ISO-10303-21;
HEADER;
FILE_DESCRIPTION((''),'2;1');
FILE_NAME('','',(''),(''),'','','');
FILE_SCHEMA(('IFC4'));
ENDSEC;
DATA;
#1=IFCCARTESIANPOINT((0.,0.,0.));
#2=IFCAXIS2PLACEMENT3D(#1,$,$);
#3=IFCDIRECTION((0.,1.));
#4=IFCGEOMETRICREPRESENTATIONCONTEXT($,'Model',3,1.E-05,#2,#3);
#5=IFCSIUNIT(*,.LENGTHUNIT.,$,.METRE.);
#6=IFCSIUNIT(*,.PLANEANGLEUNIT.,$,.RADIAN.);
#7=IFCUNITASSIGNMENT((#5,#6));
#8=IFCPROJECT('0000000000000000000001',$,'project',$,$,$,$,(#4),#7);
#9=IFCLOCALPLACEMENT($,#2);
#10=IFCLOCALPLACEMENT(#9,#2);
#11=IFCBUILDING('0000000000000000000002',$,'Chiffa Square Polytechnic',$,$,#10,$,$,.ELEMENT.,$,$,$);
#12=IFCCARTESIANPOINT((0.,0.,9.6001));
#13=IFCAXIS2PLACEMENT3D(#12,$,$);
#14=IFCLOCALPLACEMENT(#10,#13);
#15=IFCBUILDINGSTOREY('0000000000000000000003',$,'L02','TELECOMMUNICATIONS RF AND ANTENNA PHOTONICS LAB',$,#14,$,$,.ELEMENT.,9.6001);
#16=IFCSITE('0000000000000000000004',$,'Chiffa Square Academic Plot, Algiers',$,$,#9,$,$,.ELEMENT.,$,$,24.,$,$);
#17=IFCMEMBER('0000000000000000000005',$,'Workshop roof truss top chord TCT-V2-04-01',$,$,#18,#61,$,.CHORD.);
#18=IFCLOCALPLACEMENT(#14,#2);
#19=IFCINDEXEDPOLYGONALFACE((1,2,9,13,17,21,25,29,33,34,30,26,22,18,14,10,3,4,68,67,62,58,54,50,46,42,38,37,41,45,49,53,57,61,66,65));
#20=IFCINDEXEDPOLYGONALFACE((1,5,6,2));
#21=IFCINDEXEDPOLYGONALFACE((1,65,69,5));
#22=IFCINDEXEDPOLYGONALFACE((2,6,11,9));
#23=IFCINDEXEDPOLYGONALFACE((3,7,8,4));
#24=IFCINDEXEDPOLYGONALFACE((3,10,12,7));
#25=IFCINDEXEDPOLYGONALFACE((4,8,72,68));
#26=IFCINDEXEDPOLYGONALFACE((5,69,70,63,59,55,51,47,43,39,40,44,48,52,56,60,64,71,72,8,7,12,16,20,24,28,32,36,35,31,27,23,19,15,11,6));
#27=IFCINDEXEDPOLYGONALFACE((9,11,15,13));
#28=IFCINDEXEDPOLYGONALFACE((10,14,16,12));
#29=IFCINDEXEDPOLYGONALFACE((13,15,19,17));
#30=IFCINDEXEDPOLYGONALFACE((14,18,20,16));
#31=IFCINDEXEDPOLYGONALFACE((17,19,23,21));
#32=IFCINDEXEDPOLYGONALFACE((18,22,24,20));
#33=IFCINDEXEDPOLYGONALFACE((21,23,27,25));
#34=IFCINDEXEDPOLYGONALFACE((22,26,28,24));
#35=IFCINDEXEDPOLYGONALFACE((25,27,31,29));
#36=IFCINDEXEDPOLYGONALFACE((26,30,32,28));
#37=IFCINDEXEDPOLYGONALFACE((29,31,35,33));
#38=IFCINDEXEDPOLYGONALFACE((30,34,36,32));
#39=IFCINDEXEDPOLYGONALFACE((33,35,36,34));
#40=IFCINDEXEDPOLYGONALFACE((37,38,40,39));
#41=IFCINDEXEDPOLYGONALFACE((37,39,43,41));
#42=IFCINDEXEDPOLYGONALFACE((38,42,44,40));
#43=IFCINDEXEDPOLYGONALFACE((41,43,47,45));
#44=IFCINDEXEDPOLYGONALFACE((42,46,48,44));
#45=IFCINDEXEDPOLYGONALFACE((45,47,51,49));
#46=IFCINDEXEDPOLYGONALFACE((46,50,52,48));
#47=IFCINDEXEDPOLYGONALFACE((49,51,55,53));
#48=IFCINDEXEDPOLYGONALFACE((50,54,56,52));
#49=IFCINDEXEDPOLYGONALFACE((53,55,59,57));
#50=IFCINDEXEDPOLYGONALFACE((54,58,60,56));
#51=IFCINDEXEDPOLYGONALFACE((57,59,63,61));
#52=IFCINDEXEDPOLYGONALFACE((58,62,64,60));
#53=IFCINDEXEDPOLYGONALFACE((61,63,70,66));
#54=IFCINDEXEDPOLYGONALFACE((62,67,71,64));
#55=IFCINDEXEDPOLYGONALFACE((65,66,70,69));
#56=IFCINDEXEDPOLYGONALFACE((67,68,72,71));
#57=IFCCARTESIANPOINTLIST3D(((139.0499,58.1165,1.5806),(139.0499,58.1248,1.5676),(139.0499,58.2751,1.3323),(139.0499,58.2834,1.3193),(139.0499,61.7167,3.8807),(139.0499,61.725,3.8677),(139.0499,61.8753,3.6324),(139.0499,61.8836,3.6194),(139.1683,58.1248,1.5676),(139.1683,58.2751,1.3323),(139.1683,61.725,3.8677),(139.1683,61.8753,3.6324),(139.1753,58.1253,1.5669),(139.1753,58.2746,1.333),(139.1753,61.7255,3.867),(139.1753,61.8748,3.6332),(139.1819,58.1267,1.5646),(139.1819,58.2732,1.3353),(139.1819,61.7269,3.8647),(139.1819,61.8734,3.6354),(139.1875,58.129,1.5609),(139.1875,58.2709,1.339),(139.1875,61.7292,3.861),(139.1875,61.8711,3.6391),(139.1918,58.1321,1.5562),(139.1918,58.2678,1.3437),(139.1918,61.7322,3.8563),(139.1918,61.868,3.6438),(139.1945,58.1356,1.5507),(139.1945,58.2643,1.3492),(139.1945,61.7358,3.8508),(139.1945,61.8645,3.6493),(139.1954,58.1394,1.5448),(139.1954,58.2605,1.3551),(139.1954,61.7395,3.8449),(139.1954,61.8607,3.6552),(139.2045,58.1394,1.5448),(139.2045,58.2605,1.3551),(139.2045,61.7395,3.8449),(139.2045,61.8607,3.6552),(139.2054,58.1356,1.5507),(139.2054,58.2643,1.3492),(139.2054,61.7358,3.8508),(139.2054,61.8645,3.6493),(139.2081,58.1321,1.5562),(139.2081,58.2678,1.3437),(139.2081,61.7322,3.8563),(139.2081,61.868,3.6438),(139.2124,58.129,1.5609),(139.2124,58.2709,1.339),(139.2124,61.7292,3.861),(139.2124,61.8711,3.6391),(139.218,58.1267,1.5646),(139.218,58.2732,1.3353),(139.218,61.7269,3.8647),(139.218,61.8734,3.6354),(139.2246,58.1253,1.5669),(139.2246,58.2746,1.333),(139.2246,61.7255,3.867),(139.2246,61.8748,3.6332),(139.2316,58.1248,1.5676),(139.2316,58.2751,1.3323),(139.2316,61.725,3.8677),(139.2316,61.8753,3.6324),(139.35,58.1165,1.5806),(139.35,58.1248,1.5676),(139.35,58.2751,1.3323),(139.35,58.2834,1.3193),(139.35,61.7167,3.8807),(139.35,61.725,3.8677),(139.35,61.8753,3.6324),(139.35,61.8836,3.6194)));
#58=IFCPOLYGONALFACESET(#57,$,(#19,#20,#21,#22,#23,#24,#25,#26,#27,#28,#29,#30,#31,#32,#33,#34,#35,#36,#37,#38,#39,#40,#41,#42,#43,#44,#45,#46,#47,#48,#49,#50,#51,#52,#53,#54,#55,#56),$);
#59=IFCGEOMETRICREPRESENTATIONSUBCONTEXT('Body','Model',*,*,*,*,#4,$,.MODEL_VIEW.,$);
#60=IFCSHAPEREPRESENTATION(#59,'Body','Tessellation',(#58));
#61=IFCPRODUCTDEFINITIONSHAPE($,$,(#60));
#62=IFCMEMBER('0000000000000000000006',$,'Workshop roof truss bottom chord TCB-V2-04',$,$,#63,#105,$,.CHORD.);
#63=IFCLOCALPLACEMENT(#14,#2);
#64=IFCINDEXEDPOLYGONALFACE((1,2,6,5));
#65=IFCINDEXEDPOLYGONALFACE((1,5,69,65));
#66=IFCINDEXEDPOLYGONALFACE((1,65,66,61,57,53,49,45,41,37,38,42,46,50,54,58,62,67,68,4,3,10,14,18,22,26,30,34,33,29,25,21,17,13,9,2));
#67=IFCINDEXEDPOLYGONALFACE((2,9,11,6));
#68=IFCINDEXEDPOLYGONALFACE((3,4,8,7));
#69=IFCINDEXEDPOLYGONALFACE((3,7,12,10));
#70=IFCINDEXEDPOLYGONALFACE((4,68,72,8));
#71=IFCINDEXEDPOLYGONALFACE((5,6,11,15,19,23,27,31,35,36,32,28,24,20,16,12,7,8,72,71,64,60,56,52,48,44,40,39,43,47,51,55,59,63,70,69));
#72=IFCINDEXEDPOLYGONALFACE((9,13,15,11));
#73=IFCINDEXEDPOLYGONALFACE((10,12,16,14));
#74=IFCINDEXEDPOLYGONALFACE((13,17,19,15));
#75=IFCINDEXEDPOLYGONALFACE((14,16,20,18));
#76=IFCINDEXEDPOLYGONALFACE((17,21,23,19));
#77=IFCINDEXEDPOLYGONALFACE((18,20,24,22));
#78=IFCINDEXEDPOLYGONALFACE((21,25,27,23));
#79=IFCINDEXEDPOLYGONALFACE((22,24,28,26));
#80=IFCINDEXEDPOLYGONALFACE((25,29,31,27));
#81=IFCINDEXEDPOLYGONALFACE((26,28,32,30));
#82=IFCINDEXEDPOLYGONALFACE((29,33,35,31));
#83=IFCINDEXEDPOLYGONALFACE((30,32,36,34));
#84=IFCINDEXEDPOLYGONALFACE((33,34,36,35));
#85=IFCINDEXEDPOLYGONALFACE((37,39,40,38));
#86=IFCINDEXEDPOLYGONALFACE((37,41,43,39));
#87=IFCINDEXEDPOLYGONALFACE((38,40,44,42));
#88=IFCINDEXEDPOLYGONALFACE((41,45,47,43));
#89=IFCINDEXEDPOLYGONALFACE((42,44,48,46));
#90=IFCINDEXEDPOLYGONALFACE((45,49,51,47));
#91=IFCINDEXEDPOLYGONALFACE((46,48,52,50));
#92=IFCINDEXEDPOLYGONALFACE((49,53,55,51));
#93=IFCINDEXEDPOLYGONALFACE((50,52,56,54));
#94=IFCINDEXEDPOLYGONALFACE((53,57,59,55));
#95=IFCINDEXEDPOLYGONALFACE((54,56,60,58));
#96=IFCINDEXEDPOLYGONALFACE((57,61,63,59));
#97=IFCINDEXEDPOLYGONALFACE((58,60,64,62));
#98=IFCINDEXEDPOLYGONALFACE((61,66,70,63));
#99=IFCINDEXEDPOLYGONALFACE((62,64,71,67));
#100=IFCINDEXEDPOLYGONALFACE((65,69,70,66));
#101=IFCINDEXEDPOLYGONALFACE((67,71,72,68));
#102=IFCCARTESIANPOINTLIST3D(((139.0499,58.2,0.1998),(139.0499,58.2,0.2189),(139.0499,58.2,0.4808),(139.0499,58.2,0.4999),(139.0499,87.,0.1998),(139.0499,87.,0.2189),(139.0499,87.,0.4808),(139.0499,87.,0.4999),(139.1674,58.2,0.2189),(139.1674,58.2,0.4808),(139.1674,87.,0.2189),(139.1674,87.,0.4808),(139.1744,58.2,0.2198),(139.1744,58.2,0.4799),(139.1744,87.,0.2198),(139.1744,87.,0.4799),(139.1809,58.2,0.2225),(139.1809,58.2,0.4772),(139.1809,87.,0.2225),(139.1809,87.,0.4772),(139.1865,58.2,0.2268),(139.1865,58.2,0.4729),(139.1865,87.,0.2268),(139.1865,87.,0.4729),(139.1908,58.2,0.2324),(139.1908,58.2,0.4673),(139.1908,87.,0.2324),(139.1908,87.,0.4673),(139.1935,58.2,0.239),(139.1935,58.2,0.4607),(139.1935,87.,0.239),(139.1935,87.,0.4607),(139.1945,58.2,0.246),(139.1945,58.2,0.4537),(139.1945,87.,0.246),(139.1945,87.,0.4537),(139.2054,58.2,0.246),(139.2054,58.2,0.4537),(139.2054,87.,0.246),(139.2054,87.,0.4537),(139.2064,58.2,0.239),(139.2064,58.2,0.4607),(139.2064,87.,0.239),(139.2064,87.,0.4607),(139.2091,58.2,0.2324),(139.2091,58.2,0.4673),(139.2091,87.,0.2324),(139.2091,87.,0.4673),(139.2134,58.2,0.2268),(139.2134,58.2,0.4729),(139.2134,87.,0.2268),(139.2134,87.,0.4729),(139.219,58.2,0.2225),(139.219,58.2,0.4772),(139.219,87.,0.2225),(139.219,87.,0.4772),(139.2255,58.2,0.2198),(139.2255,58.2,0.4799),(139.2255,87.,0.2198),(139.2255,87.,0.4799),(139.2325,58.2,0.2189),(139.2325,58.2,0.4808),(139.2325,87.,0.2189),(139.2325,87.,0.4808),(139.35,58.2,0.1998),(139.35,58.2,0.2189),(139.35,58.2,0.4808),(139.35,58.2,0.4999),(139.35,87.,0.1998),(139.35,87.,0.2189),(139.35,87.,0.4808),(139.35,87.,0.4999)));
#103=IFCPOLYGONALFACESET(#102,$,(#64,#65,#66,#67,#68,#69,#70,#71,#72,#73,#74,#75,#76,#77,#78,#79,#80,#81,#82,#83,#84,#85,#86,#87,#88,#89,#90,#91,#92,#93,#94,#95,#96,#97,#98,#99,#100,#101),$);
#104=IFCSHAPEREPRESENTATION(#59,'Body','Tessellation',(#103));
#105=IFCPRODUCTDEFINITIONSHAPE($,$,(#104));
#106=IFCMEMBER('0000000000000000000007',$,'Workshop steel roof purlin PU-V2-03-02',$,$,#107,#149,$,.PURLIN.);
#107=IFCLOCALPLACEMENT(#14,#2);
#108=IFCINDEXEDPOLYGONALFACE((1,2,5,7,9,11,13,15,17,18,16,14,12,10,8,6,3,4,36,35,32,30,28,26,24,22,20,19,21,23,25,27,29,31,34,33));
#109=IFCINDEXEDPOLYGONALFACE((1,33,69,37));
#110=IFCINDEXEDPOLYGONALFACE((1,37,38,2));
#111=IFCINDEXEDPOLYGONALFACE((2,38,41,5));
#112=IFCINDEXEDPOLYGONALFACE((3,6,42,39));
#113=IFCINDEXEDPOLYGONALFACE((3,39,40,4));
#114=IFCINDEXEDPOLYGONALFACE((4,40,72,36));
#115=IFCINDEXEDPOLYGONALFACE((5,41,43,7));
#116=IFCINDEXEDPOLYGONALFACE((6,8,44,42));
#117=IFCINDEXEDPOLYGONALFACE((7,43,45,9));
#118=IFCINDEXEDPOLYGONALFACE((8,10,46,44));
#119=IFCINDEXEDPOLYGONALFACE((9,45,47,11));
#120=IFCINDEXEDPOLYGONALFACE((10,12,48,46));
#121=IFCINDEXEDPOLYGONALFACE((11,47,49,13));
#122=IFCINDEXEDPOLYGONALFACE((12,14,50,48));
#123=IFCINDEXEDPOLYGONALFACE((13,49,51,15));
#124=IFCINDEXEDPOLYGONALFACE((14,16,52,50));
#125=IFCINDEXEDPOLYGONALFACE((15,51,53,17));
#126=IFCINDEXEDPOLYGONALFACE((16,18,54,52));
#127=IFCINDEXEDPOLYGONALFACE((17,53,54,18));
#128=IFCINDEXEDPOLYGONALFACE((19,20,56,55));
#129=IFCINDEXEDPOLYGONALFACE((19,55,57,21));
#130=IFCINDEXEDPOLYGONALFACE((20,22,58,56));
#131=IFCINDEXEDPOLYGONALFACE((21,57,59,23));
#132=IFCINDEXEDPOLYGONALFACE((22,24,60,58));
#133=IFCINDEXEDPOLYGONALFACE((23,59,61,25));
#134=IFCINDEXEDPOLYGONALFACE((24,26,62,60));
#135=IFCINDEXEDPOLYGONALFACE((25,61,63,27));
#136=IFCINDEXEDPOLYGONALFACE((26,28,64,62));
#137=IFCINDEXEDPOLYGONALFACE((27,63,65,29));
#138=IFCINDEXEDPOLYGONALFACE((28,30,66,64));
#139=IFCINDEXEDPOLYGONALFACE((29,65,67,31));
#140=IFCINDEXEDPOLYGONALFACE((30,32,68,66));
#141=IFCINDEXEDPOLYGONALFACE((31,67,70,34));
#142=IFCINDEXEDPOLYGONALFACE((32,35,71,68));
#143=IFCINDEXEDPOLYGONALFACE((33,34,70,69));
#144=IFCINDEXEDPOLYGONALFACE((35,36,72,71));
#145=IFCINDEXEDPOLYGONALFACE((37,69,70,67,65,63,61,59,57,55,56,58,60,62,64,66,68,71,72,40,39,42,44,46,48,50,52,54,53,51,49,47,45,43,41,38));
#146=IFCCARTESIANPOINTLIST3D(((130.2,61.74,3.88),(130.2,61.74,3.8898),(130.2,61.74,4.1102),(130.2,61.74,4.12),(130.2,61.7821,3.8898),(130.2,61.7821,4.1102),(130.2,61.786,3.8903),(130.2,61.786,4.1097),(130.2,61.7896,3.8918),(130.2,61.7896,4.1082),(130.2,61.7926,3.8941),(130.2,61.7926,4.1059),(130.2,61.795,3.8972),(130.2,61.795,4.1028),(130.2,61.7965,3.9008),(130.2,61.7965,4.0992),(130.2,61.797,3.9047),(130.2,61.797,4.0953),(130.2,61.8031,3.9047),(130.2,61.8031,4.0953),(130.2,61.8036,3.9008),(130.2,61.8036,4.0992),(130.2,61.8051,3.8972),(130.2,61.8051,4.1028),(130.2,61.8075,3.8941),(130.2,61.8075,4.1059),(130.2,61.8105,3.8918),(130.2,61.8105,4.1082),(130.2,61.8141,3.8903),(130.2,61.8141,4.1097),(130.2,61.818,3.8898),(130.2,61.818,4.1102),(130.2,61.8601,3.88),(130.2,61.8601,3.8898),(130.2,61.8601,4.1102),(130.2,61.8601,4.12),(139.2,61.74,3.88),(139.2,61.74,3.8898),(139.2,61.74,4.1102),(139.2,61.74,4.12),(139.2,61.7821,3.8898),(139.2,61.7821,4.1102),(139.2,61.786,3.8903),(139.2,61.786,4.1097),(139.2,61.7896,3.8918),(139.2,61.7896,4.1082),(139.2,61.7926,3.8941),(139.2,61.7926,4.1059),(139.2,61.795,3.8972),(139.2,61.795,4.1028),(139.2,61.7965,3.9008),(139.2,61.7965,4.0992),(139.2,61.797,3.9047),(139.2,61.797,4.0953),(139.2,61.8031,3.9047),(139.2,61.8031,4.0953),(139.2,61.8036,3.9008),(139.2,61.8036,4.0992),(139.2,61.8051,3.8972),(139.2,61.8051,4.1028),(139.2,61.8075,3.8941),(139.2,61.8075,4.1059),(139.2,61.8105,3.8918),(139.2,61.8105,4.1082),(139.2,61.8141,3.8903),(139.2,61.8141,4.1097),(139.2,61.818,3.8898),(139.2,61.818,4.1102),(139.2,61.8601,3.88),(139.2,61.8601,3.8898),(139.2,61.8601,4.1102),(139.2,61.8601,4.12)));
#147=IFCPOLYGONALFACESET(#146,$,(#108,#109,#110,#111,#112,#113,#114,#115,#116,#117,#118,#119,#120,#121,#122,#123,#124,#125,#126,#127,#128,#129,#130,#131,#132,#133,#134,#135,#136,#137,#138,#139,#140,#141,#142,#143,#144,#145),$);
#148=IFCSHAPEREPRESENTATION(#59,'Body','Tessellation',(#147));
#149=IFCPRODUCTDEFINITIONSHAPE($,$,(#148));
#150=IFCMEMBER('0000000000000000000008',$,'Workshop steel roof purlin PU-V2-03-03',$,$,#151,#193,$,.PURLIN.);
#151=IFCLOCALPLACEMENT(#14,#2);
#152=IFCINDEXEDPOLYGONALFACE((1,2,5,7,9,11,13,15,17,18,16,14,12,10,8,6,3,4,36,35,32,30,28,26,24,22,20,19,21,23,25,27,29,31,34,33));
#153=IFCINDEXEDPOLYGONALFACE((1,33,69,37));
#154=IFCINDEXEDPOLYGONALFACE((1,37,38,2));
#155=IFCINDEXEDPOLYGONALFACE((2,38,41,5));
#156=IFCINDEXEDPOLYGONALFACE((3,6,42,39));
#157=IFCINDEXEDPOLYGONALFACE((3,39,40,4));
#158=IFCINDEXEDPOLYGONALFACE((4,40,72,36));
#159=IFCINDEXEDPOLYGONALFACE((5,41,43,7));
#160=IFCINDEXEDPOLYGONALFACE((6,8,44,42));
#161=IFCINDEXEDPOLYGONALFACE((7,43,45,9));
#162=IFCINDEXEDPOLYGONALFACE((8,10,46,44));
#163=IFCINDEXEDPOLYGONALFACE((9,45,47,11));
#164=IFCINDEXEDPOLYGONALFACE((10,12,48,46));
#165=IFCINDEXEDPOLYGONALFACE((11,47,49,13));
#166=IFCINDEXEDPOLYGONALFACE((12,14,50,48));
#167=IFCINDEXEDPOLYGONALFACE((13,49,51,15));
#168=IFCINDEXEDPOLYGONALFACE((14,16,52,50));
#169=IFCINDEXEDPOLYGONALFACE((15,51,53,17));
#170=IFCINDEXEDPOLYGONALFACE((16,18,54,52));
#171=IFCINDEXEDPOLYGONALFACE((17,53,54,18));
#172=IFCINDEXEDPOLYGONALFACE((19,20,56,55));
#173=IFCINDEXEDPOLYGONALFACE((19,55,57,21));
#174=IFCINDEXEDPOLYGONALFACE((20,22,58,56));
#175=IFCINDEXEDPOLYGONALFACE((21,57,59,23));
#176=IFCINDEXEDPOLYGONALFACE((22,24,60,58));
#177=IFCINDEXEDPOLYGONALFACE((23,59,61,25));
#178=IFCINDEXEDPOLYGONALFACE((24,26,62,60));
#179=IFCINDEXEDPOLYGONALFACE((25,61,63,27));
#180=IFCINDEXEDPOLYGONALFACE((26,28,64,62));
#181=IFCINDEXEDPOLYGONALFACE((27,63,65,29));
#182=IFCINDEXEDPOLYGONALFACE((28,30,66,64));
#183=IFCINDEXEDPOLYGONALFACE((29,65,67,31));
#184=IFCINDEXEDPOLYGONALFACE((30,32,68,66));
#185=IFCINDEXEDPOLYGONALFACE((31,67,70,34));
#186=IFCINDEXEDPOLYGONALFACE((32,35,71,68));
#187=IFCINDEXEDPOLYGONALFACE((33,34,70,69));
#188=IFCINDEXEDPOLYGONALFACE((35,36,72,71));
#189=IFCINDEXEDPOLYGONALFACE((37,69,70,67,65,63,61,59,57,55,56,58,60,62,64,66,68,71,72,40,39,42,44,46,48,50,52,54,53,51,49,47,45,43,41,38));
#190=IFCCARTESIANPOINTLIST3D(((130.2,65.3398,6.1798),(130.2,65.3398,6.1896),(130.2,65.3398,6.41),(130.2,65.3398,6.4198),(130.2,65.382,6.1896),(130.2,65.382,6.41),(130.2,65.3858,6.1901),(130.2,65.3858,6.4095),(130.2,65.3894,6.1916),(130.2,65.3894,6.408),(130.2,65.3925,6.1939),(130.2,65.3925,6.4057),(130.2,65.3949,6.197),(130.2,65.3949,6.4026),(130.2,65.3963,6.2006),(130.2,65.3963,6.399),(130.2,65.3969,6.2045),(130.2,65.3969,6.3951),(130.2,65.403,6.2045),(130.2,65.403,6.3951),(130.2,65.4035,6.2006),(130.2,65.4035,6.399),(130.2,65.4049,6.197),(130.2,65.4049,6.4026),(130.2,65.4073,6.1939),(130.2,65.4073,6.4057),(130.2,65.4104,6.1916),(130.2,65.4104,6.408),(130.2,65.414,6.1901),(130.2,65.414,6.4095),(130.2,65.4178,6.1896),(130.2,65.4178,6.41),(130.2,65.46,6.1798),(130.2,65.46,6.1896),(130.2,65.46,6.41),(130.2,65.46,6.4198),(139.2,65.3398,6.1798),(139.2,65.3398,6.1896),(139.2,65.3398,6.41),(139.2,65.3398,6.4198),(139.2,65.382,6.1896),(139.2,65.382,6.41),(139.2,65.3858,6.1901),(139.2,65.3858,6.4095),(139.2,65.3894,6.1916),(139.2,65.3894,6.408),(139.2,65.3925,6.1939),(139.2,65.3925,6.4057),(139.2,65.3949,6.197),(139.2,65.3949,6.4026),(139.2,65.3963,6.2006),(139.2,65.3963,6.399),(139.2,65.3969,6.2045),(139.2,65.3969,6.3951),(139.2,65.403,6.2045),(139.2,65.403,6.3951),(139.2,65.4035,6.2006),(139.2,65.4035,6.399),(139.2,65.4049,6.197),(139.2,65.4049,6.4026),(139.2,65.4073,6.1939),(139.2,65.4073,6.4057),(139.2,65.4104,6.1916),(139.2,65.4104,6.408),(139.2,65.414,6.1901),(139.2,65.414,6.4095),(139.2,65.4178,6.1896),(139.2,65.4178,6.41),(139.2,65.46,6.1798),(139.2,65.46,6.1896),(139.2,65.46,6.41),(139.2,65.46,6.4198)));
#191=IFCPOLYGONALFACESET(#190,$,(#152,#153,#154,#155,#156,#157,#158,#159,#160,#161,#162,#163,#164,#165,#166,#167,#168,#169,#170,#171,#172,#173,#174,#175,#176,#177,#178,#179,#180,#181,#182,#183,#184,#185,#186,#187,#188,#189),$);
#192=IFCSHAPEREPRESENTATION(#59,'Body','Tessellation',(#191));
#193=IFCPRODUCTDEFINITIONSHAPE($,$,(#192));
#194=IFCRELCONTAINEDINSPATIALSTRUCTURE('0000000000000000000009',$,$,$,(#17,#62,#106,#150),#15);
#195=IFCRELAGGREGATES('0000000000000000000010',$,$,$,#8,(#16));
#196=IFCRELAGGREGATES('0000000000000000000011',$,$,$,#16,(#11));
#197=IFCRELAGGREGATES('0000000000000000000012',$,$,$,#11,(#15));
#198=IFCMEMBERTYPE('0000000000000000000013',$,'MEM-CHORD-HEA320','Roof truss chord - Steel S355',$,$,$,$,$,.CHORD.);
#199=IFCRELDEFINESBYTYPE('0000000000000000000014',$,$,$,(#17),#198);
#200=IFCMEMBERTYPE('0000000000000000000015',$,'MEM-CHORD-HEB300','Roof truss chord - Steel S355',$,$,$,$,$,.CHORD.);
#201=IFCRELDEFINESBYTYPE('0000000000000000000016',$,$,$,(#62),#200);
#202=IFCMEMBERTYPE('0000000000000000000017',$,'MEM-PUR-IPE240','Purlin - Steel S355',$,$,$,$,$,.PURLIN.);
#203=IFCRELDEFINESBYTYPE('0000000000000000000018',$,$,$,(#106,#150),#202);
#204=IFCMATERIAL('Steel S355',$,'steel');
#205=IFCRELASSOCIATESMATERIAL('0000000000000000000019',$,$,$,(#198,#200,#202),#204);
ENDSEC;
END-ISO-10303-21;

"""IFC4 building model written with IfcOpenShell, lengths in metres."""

from ifc_helpers import new_model, si_unit, direction, frame, origin, origin_2d, place, context, subcontext, project, spatial, i_section, extrude, material, material_profile, profile_set, type_object, element, save


model = new_model("IFC4")

# Units and contexts
model_context = context("Model", 3, precision=1e-05, world=origin(), true_north=direction((0.0, 1.0)))
body_context = subcontext(model_context, "Body", "Model", "MODEL_VIEW")
ifc_project = project(units=[si_unit("LENGTHUNIT", "METRE"), si_unit("PLANEANGLEUNIT", "RADIAN")], contexts=[model_context])

# Site, building, storey
site_placement = place(None, origin())
site = spatial("IfcSite", under=ifc_project, at=site_placement, Name="Chiffa Square Academic Plot, Algiers", CompositionType="ELEMENT", RefElevation=24.0)
building_placement = place(site_placement, origin())
building = spatial("IfcBuilding", under=site, at=building_placement, Name="Chiffa Square Polytechnic", CompositionType="ELEMENT")
storey_placement = place(building_placement, frame((0.0, 0.0, 9.6001)))
storey = spatial("IfcBuildingStorey", under=building, at=storey_placement, Name="L02", Description="TELECOMMUNICATIONS RF AND ANTENNA PHOTONICS LAB", CompositionType="ELEMENT", Elevation=9.6001)

# Shared definitions
ifc_material_1 = material(Name="Steel S355", Category="steel")

# Members
ifc_material_profile_1 = material_profile(ifc_material_1, i_section(OverallWidth=0.3, OverallDepth=0.3101, WebThickness=0.009, FlangeThickness=0.0154, FilletRadius=0.0271, at=origin_2d()), Name="HEA 320")
ifc_profile_set_1 = profile_set([ifc_material_profile_1], Name="Steel S355")
member_type_1 = type_object("IfcMemberType", Name="MEM-CHORD-HEA320", Description="Roof truss chord - Steel S355", PredefinedType="CHORD", material=ifc_profile_set_1)
member_1_placement = place(storey_placement, frame((139.2, 58.2, 1.45), z_axis=(0.0, 0.842698, 0.538387), x_axis=(-1.0, 0.0, 0.0)))
element("IfcMember", 1, at=member_1_placement, inside=storey, type_object=member_type_1, Name="Workshop roof truss top chord TCT-V2-04-01", PredefinedType="CHORD", context=body_context, shape_type="SweptSolid", body=[
    extrude(i_section(OverallWidth=0.3, OverallDepth=0.3101, WebThickness=0.009, FlangeThickness=0.0154, FilletRadius=0.0271, at=origin_2d()), origin(), (0.0, 0.0, 1.0), 4.2722),
])
ifc_material_profile_2 = material_profile(ifc_material_1, i_section(OverallWidth=0.3, OverallDepth=0.3, WebThickness=0.011, FlangeThickness=0.019, FilletRadius=0.0271, at=origin_2d()), Name="HEB 300")
ifc_profile_set_2 = profile_set([ifc_material_profile_2], Name="Steel S355")
member_type_2 = type_object("IfcMemberType", Name="MEM-CHORD-HEB300", Description="Roof truss chord - Steel S355", PredefinedType="CHORD", material=ifc_profile_set_2)
member_2_placement = place(storey_placement, frame((139.2, 58.2, 0.3499), z_axis=(0.0, 1.0, 0.0), x_axis=(-1.0, 0.0, 0.0)))
element("IfcMember", 2, at=member_2_placement, inside=storey, type_object=member_type_2, Name="Workshop roof truss bottom chord TCB-V2-04", PredefinedType="CHORD", context=body_context, shape_type="SweptSolid", body=[
    extrude(i_section(OverallWidth=0.3, OverallDepth=0.3, WebThickness=0.011, FlangeThickness=0.019, FilletRadius=0.0271, at=origin_2d()), origin(), (0.0, 0.0, 1.0), 28.8),
])
ifc_material_profile_3 = material_profile(ifc_material_1, i_section(OverallWidth=0.1201, OverallDepth=0.24, WebThickness=0.0061, FlangeThickness=0.0098, FilletRadius=0.0149, at=origin_2d()), Name="IPE 240")
ifc_profile_set_3 = profile_set([ifc_material_profile_3], Name="Steel S355")
member_type_3 = type_object("IfcMemberType", Name="MEM-PUR-IPE240", Description="Purlin - Steel S355", PredefinedType="PURLIN", material=ifc_profile_set_3)
for number, where, z_axis, x_axis, name in (
    (3, (130.2, 61.8, 4.0), (1.0, 0.0, 0.0), (0.0, 1.0, 0.0), "Workshop steel roof purlin PU-V2-03-02"),
    (4, (130.2, 65.3999, 6.2998), (1.0, 0.0, 0.0), (0.0, 1.0, 0.0), "Workshop steel roof purlin PU-V2-03-03"),
):
    element("IfcMember", number, at=place(storey_placement, frame(where, z_axis=z_axis, x_axis=x_axis)), inside=storey, type_object=member_type_3, Name=name, PredefinedType="PURLIN", context=body_context, shape_type="SweptSolid", body=[
        extrude(i_section(OverallWidth=0.1201, OverallDepth=0.24, WebThickness=0.0061, FlangeThickness=0.0098, FilletRadius=0.0149, at=origin_2d()), origin(), (0.0, 0.0, 1.0), 9.0),
    ])

save(model, "model.ifc")
